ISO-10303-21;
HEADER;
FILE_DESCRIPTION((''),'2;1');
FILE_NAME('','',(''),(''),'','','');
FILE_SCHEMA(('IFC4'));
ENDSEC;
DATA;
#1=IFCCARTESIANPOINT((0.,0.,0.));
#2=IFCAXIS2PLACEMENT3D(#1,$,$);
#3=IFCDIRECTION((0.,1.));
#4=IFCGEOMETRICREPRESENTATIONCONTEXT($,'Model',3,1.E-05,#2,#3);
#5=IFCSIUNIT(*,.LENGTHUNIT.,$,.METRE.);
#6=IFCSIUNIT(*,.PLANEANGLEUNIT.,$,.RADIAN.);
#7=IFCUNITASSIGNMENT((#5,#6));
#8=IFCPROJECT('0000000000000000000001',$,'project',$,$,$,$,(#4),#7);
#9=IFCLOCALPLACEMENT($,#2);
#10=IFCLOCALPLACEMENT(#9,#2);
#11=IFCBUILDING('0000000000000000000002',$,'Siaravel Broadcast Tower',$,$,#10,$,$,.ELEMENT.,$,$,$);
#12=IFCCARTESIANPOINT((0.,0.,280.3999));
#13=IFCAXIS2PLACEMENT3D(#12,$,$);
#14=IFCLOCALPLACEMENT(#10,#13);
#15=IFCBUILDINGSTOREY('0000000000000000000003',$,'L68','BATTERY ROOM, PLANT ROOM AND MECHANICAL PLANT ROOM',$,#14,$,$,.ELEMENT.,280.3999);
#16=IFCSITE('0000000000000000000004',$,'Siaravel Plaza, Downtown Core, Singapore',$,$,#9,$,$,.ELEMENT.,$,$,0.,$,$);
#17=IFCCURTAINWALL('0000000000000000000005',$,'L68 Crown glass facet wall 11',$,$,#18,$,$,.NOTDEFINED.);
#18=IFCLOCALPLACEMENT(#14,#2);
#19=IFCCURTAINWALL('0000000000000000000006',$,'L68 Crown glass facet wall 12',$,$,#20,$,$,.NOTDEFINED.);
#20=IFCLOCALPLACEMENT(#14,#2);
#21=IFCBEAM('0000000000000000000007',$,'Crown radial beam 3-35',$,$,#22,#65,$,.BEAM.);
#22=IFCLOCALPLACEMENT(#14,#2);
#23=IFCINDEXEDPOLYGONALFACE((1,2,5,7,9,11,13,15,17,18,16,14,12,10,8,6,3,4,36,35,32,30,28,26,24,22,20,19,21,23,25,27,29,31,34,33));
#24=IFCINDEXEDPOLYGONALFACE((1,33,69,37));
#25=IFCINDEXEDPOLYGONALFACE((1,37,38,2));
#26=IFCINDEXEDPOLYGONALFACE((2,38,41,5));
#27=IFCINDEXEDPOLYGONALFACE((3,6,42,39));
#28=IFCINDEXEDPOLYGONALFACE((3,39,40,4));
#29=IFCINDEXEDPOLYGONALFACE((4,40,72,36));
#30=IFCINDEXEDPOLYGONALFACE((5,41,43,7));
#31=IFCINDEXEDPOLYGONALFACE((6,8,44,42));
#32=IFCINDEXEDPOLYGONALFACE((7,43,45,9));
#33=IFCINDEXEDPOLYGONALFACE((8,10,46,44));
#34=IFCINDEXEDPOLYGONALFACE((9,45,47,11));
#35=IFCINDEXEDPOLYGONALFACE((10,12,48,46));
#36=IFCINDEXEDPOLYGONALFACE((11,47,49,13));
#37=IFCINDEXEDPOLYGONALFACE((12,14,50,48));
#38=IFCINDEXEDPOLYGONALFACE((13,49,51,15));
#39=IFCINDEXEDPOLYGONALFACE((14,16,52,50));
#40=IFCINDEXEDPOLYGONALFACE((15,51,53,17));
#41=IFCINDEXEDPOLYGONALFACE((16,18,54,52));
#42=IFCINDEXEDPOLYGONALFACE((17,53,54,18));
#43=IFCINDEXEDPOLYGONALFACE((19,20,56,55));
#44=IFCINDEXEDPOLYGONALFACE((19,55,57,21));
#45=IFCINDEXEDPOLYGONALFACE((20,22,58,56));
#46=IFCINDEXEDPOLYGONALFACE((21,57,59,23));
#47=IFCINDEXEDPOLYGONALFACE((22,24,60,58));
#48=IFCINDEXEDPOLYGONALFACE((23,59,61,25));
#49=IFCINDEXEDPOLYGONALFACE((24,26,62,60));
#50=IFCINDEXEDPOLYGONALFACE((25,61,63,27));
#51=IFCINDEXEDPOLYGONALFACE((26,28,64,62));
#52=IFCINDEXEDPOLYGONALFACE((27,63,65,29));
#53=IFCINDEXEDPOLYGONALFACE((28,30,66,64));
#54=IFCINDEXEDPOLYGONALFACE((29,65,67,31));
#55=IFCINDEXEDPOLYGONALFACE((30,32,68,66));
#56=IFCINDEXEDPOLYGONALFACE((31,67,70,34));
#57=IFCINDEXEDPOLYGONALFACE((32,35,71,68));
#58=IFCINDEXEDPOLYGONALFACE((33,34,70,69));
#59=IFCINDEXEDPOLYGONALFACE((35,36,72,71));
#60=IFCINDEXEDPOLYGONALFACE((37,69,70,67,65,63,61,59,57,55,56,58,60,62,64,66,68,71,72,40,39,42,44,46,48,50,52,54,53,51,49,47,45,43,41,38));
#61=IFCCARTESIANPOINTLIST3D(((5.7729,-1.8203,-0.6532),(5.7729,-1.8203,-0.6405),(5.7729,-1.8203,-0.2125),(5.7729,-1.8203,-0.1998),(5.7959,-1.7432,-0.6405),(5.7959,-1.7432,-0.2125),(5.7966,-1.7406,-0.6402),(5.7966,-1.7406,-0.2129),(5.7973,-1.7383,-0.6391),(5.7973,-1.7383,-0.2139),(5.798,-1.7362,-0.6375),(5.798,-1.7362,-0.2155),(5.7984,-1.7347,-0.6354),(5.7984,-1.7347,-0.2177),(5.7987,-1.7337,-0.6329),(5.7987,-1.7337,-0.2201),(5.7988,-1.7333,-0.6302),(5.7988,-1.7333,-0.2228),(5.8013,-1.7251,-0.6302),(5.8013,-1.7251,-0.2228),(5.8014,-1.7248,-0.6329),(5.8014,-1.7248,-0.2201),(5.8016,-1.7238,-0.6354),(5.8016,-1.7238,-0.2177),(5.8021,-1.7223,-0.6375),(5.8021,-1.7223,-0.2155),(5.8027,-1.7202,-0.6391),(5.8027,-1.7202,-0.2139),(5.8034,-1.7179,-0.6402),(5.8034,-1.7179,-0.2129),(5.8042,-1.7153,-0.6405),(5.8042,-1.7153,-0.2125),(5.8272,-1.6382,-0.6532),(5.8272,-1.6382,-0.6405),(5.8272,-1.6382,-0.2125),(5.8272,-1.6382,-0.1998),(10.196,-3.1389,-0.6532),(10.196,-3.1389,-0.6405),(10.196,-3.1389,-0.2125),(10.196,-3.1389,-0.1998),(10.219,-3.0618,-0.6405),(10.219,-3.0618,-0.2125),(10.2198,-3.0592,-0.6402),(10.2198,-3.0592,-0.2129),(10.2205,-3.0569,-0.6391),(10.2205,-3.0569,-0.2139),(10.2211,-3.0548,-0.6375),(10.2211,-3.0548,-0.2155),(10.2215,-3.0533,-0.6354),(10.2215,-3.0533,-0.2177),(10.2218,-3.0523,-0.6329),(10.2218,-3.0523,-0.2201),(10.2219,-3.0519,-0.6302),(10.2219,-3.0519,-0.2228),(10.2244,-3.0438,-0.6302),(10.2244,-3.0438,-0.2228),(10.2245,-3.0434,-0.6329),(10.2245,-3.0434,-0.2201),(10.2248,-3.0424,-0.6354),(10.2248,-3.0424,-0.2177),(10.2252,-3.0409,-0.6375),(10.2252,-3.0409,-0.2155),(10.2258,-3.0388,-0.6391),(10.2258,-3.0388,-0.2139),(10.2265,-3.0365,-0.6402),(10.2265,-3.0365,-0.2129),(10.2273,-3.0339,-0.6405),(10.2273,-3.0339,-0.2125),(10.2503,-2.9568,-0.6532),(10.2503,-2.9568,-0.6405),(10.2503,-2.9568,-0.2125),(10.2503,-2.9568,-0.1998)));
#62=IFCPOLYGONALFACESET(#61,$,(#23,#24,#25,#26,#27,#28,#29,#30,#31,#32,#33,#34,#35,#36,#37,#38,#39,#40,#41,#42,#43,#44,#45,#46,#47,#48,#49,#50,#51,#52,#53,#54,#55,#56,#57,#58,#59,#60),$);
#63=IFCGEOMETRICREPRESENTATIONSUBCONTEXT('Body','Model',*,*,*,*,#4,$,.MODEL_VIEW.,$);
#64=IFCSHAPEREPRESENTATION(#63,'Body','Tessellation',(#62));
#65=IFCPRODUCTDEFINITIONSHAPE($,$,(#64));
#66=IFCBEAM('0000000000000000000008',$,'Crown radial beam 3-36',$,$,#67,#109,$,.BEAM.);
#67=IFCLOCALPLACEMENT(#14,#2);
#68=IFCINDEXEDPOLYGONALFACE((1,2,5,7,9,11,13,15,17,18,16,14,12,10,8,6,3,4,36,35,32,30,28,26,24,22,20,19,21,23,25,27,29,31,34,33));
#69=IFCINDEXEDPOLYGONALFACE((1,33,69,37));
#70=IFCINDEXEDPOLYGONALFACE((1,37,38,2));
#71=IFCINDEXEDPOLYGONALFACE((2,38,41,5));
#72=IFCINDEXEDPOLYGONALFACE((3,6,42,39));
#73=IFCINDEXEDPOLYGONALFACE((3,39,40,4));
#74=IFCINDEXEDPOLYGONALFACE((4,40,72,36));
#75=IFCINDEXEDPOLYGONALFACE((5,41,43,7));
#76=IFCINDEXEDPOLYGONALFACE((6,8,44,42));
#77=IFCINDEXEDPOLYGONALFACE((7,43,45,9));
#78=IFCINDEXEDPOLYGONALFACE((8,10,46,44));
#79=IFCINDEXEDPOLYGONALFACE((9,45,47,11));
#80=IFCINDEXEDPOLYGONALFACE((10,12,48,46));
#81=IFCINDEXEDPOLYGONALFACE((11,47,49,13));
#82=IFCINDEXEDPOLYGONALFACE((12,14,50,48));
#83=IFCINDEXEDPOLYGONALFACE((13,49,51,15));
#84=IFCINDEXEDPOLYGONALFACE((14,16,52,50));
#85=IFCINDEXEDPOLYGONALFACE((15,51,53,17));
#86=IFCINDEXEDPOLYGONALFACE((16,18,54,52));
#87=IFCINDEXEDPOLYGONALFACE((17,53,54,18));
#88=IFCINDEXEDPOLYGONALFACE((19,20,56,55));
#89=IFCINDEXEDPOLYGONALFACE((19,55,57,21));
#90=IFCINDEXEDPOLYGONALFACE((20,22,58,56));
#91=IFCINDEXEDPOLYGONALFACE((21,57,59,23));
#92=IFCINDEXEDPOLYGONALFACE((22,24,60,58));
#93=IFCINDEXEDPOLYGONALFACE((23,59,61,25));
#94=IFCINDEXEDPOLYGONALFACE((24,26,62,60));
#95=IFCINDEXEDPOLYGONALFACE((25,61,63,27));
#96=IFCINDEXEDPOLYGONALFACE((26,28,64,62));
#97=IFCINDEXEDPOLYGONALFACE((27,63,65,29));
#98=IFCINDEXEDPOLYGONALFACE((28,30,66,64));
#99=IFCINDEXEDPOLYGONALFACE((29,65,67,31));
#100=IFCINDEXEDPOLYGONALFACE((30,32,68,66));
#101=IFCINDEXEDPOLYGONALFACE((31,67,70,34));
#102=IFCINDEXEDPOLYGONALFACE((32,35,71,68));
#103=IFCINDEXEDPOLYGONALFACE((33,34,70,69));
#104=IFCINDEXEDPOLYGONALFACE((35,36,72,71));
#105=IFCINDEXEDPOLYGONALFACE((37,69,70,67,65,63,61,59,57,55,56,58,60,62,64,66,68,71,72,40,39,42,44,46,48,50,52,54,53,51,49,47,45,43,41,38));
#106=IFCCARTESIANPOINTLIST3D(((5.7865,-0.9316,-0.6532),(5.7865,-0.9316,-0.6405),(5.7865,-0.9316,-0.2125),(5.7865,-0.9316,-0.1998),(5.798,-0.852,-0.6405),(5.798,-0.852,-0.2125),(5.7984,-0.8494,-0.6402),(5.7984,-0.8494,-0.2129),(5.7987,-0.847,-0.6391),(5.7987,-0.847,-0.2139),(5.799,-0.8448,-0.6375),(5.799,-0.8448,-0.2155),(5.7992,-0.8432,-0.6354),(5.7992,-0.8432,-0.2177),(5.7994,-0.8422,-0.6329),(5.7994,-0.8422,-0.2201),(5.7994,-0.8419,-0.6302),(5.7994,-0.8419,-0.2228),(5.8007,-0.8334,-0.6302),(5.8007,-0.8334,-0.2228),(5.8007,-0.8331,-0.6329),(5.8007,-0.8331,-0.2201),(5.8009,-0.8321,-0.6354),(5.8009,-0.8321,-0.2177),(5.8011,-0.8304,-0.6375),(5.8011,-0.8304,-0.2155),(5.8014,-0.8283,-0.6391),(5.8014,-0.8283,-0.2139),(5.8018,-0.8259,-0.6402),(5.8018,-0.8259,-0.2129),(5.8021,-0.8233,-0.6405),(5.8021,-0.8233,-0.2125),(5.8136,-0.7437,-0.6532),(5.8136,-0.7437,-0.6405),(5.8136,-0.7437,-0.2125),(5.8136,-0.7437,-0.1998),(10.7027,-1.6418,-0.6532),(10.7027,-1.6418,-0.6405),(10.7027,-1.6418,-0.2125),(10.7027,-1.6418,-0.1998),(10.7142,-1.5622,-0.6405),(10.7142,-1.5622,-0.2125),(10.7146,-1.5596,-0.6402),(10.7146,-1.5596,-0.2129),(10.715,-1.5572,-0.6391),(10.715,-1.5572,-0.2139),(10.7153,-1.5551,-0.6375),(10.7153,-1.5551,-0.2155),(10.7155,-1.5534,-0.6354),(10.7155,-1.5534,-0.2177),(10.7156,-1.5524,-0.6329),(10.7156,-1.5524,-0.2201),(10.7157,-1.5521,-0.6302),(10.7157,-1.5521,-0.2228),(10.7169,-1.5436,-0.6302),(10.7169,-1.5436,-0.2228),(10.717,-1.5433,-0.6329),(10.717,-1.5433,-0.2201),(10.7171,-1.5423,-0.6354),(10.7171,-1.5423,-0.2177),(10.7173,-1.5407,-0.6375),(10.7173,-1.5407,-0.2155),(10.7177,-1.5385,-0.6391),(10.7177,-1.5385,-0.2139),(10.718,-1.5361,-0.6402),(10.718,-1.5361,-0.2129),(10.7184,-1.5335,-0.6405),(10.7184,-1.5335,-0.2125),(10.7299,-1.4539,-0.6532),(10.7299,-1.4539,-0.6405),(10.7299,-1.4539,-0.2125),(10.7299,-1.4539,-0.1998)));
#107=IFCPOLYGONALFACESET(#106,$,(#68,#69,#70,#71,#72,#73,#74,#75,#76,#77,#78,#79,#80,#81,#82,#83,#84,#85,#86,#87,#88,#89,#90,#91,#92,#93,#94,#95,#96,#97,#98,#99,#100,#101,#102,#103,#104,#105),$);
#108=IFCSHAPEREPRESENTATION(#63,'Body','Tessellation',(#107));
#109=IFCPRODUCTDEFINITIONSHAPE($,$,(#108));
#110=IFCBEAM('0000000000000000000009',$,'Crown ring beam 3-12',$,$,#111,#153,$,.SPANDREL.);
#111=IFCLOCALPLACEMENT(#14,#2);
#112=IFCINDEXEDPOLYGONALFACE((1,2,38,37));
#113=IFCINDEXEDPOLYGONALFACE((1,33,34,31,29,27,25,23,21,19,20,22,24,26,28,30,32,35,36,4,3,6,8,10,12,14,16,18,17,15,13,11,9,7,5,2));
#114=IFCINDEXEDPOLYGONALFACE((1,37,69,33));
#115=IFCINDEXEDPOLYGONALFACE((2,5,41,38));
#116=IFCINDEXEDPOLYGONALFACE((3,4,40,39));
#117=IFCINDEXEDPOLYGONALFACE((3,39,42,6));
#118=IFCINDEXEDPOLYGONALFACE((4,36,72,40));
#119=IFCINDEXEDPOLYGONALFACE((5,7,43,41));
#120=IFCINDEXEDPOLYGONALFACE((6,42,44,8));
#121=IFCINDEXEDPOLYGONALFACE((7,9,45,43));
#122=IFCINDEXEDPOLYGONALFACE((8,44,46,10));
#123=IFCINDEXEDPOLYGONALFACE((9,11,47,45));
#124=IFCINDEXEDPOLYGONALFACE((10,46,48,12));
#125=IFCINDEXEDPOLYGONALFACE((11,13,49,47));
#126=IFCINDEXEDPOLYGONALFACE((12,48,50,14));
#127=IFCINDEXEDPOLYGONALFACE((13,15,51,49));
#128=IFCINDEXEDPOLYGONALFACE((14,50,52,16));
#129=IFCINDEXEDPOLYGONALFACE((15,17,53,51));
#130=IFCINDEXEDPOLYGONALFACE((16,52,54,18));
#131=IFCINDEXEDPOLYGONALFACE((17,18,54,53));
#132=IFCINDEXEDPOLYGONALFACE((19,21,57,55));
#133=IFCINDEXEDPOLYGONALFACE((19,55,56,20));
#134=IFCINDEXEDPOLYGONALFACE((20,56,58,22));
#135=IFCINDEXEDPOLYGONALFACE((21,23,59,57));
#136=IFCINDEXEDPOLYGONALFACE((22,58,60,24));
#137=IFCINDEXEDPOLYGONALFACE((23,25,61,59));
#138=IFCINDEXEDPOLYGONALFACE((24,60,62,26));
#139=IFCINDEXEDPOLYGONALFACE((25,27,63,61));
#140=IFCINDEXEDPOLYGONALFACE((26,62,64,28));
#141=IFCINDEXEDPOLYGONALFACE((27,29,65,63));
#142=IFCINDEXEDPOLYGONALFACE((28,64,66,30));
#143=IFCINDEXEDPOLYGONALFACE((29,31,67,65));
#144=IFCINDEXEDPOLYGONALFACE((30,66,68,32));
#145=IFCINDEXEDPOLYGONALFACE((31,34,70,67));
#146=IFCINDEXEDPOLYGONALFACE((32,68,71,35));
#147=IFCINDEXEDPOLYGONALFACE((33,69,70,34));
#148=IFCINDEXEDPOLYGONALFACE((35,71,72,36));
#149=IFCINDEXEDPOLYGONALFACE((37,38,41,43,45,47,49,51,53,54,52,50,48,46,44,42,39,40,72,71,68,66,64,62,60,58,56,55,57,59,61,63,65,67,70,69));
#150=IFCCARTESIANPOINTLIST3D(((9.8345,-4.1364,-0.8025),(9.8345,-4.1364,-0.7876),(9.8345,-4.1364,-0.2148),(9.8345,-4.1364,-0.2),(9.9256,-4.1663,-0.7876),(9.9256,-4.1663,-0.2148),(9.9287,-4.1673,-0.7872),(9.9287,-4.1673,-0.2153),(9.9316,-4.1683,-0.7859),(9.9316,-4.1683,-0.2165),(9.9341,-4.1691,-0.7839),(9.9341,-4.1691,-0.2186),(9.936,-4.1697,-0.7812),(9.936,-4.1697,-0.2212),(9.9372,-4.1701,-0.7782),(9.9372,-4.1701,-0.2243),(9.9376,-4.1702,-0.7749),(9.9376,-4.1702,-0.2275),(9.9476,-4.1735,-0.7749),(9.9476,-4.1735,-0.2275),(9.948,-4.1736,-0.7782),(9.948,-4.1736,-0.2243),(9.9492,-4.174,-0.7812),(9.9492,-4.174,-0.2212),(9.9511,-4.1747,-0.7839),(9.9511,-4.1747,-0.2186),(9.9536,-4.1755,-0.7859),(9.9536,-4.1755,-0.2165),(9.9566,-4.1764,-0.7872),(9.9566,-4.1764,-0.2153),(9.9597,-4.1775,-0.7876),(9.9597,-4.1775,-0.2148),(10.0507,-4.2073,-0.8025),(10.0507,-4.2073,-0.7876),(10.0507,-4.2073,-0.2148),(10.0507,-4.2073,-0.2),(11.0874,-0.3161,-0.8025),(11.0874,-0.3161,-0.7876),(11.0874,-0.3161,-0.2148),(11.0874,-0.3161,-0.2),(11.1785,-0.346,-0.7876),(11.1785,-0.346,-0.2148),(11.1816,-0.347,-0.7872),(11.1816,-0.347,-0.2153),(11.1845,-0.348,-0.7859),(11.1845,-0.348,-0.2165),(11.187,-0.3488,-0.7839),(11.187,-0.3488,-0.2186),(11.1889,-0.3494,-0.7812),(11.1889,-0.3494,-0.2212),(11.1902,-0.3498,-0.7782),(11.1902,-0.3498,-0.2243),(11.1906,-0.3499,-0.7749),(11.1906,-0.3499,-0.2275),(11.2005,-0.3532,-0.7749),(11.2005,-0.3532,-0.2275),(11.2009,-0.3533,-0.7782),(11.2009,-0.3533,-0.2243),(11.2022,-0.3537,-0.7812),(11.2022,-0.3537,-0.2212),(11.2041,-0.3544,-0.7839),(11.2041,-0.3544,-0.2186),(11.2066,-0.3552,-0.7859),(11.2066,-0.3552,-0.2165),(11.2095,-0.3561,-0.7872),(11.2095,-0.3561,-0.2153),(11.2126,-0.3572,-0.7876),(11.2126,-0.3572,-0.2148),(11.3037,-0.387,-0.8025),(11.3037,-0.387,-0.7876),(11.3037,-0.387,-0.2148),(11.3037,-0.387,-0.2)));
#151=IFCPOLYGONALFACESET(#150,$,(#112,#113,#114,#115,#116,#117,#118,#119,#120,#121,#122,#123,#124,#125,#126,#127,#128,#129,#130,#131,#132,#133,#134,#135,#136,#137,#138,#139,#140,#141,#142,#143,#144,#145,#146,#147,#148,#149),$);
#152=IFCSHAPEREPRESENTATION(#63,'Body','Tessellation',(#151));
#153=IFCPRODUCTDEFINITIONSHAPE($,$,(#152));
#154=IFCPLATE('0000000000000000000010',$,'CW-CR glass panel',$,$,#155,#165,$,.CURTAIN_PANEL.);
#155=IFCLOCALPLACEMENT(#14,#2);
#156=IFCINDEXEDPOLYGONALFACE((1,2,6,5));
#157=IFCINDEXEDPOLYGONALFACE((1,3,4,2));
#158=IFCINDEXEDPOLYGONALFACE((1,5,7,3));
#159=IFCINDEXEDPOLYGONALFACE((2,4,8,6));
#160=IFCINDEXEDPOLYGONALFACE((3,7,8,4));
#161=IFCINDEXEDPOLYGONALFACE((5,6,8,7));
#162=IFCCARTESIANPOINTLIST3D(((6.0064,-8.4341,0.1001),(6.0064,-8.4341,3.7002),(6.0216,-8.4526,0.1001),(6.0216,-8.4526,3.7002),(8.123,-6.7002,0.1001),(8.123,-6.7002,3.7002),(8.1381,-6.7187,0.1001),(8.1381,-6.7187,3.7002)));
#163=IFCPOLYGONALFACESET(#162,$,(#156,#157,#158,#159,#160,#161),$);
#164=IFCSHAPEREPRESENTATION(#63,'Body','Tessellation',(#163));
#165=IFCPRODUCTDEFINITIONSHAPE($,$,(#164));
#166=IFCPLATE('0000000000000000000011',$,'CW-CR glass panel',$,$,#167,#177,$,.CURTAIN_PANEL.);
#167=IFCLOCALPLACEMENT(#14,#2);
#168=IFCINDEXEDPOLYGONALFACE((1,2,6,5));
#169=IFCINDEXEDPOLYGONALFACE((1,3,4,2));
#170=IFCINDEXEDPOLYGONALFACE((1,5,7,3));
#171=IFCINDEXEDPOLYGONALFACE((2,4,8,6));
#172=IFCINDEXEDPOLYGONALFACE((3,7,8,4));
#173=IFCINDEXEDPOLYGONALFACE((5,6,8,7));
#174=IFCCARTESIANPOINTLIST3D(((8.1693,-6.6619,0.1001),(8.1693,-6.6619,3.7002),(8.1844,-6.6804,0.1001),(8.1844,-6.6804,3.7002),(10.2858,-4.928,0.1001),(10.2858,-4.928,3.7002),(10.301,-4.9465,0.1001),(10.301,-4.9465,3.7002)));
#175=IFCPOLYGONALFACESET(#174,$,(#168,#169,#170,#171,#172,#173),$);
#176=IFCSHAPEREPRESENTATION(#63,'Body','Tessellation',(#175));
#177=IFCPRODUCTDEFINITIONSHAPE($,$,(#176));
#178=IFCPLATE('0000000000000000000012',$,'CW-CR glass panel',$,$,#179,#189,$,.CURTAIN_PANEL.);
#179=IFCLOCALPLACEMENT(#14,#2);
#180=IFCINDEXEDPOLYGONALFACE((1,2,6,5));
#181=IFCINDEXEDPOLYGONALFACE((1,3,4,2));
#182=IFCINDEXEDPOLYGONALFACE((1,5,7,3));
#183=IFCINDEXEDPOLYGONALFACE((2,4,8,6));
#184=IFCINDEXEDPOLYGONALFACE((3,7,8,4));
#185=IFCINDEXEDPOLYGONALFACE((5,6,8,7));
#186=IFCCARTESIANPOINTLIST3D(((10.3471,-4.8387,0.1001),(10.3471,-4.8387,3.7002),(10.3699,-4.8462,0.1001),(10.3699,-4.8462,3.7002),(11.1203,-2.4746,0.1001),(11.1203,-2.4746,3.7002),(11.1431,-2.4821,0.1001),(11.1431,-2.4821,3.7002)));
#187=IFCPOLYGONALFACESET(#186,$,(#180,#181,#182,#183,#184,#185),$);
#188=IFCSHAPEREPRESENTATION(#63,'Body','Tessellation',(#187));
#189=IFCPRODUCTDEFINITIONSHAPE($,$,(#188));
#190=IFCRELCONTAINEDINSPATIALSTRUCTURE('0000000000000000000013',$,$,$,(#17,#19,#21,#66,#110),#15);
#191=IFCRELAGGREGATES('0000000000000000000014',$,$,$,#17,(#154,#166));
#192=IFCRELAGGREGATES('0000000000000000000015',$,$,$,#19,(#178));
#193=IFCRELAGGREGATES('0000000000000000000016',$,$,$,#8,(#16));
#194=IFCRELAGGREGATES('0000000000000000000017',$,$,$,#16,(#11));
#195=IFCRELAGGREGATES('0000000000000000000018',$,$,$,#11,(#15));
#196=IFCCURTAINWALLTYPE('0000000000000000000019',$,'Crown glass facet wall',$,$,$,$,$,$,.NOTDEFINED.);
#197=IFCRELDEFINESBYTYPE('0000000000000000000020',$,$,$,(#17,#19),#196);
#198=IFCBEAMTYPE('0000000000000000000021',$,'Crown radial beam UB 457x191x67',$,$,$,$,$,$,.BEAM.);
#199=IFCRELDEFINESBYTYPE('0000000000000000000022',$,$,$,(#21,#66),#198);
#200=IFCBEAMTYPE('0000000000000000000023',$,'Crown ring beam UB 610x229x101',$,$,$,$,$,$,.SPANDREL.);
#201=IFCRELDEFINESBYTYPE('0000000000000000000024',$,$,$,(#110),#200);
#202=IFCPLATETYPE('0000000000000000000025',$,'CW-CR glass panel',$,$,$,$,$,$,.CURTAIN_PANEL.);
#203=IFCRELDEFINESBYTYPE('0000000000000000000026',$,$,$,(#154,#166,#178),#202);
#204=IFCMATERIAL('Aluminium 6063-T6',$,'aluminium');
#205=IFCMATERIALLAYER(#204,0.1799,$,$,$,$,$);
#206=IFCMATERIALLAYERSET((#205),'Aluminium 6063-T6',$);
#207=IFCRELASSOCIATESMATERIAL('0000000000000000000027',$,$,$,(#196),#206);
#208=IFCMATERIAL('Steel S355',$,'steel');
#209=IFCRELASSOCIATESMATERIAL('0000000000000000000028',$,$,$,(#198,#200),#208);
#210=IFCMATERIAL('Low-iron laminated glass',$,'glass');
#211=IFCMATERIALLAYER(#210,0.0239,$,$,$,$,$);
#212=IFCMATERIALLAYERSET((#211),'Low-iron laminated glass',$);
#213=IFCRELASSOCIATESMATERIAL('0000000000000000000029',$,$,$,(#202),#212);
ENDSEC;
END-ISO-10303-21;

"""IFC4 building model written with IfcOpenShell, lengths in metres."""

from ifc_helpers import new_model, si_unit, direction, frame, origin, origin_2d, place, context, subcontext, project, spatial, rectangle, i_section, extrude, material, layer, layer_set, material_profile, profile_set, type_object, element, aggregate, save


model = new_model("IFC4")

# Units and contexts
model_context = context("Model", 3, precision=1e-05, world=origin(), true_north=direction((0.0, 1.0)))
body_context = subcontext(model_context, "Body", "Model", "MODEL_VIEW")
ifc_project = project(units=[si_unit("LENGTHUNIT", "METRE"), si_unit("PLANEANGLEUNIT", "RADIAN")], contexts=[model_context])

# Site, building, storey
site_placement = place(None, origin())
site = spatial("IfcSite", under=ifc_project, at=site_placement, Name="Siaravel Plaza, Downtown Core, Singapore", CompositionType="ELEMENT", RefElevation=0.0)
building_placement = place(site_placement, origin())
building = spatial("IfcBuilding", under=site, at=building_placement, Name="Siaravel Broadcast Tower", CompositionType="ELEMENT")
storey_placement = place(building_placement, frame((0.0, 0.0, 280.3999)))
storey = spatial("IfcBuildingStorey", under=building, at=storey_placement, Name="L68", Description="BATTERY ROOM, PLANT ROOM AND MECHANICAL PLANT ROOM", CompositionType="ELEMENT", Elevation=280.3999)

# Curtain walls
ifc_material_1 = material(Name="Aluminium 6063-T6", Category="aluminium")
ifc_layer_1 = layer(ifc_material_1, 0.1799)
ifc_layer_set_1 = layer_set([ifc_layer_1], Name="Aluminium 6063-T6")
curtain_wall_type = type_object("IfcCurtainWallType", Name="Crown glass facet wall", PredefinedType="NOTDEFINED", material=ifc_layer_set_1)
curtain_wall_1_placement = place(storey_placement, origin())
curtain_wall_1 = element("IfcCurtainWall", 1, at=curtain_wall_1_placement, inside=storey, type_object=curtain_wall_type, Name="L68 Crown glass facet wall 11", PredefinedType="NOTDEFINED")
curtain_wall_2_placement = place(storey_placement, origin())
curtain_wall_2 = element("IfcCurtainWall", 2, at=curtain_wall_2_placement, inside=storey, type_object=curtain_wall_type, Name="L68 Crown glass facet wall 12", PredefinedType="NOTDEFINED")

# Beams
ifc_material_2 = material(Name="Steel S355", Category="steel")
ifc_material_profile_1 = material_profile(ifc_material_2, i_section(OverallWidth=0.1899, OverallDepth=0.4534, WebThickness=0.0085, FlangeThickness=0.0127, FilletRadius=0.0103, at=origin_2d()))
ifc_profile_set_1 = profile_set([ifc_material_profile_1], Name="Steel S355")
beam_type_1 = type_object("IfcBeamType", Name="Crown radial beam UB 457x191x67", PredefinedType="BEAM", material=ifc_profile_set_1)
beam_1_placement = place(storey_placement, frame((10.2231, -3.0479, -0.4265), z_axis=(-0.958321, 0.285693, 0.0), x_axis=(-0.285693, -0.958321, 0.0)))
element("IfcBeam", 3, at=beam_1_placement, inside=storey, type_object=beam_type_1, Name="Crown radial beam 3-35", PredefinedType="BEAM", context=body_context, shape_type="SweptSolid", body=[
    extrude(i_section(OverallWidth=0.1899, OverallDepth=0.4534, WebThickness=0.0085, FlangeThickness=0.0127, FilletRadius=0.0103, at=origin_2d()), origin(), (0.0, 0.0, 1.0), 4.6155),
])
beam_2_placement = place(storey_placement, frame((10.7163, -1.5479, -0.4265), z_axis=(-0.989726, 0.142976, 0.0), x_axis=(-0.142976, -0.989726, 0.0)))
element("IfcBeam", 4, at=beam_2_placement, inside=storey, type_object=beam_type_1, Name="Crown radial beam 3-36", PredefinedType="BEAM", context=body_context, shape_type="SweptSolid", body=[
    extrude(i_section(OverallWidth=0.1899, OverallDepth=0.4534, WebThickness=0.0085, FlangeThickness=0.0127, FilletRadius=0.0103, at=origin_2d()), origin(), (0.0, 0.0, 1.0), 4.9673),
])
ifc_material_profile_2 = material_profile(ifc_material_2, i_section(OverallWidth=0.2275, OverallDepth=0.6025, WebThickness=0.0105, FlangeThickness=0.0149, FilletRadius=0.0127, at=origin_2d()))
ifc_profile_set_2 = profile_set([ifc_material_profile_2], Name="Steel S355")
beam_type_2 = type_object("IfcBeamType", Name="Crown ring beam UB 610x229x101", PredefinedType="SPANDREL", material=ifc_profile_set_2)
beam_3_placement = place(storey_placement, frame((9.9426, -4.1719, -0.5012), z_axis=(0.311633, 0.950202, 0.0), x_axis=(-0.950202, 0.311633, 0.0)))
element("IfcBeam", 5, at=beam_3_placement, inside=storey, type_object=beam_type_2, Name="Crown ring beam 3-12", PredefinedType="SPANDREL", context=body_context, shape_type="SweptSolid", body=[
    extrude(i_section(OverallWidth=0.2275, OverallDepth=0.6025, WebThickness=0.0105, FlangeThickness=0.0149, FilletRadius=0.0127, at=origin_2d()), origin(), (0.0, 0.0, 1.0), 4.0205),
])

# Plates
ifc_material_3 = material(Name="Low-iron laminated glass", Category="glass")
ifc_layer_2 = layer(ifc_material_3, 0.0239)
ifc_layer_set_2 = layer_set([ifc_layer_2], Name="Low-iron laminated glass")
plate_type = type_object("IfcPlateType", Name="CW-CR glass panel", PredefinedType="CURTAIN_PANEL", material=ifc_layer_set_2)
plate_1_placement = place(storey_placement, frame((7.0723, -7.5764, 0.1001), z_axis=(0.0, 0.0, 1.0), x_axis=(0.773568, 0.633713, 0.0)))
plate_1 = element("IfcPlate", 6, at=plate_1_placement, type_object=plate_type, Name="CW-CR glass panel", PredefinedType="CURTAIN_PANEL", context=body_context, shape_type="SweptSolid", body=[
    extrude(rectangle(XDim=2.7361, YDim=0.0239, at=origin_2d()), origin(), (0.0, 0.0, 1.0), 3.6001),
])
plate_2_placement = place(storey_placement, frame((9.2351, -5.8042, 0.1001), z_axis=(0.0, 0.0, 1.0), x_axis=(0.773568, 0.633713, 0.0)))
plate_2 = element("IfcPlate", 7, at=plate_2_placement, type_object=plate_type, Name="CW-CR glass panel", PredefinedType="CURTAIN_PANEL", context=body_context, shape_type="SweptSolid", body=[
    extrude(rectangle(XDim=2.7361, YDim=0.0239, at=origin_2d()), origin(), (0.0, 0.0, 1.0), 3.6001),
])
aggregate(curtain_wall_1, [plate_1, plate_2])
plate_3_placement = place(storey_placement, frame((10.7451, -3.6604, 0.1001), z_axis=(0.0, 0.0, 1.0), x_axis=(0.310859, 0.950456, 0.0)))
plate_3 = element("IfcPlate", 8, at=plate_3_placement, type_object=plate_type, Name="CW-CR glass panel", PredefinedType="CURTAIN_PANEL", context=body_context, shape_type="SweptSolid", body=[
    extrude(rectangle(XDim=2.4873, YDim=0.0239, at=origin_2d()), origin(), (0.0, 0.0, 1.0), 3.6001),
])
aggregate(curtain_wall_2, [plate_3])

save(model, "model.ifc")
